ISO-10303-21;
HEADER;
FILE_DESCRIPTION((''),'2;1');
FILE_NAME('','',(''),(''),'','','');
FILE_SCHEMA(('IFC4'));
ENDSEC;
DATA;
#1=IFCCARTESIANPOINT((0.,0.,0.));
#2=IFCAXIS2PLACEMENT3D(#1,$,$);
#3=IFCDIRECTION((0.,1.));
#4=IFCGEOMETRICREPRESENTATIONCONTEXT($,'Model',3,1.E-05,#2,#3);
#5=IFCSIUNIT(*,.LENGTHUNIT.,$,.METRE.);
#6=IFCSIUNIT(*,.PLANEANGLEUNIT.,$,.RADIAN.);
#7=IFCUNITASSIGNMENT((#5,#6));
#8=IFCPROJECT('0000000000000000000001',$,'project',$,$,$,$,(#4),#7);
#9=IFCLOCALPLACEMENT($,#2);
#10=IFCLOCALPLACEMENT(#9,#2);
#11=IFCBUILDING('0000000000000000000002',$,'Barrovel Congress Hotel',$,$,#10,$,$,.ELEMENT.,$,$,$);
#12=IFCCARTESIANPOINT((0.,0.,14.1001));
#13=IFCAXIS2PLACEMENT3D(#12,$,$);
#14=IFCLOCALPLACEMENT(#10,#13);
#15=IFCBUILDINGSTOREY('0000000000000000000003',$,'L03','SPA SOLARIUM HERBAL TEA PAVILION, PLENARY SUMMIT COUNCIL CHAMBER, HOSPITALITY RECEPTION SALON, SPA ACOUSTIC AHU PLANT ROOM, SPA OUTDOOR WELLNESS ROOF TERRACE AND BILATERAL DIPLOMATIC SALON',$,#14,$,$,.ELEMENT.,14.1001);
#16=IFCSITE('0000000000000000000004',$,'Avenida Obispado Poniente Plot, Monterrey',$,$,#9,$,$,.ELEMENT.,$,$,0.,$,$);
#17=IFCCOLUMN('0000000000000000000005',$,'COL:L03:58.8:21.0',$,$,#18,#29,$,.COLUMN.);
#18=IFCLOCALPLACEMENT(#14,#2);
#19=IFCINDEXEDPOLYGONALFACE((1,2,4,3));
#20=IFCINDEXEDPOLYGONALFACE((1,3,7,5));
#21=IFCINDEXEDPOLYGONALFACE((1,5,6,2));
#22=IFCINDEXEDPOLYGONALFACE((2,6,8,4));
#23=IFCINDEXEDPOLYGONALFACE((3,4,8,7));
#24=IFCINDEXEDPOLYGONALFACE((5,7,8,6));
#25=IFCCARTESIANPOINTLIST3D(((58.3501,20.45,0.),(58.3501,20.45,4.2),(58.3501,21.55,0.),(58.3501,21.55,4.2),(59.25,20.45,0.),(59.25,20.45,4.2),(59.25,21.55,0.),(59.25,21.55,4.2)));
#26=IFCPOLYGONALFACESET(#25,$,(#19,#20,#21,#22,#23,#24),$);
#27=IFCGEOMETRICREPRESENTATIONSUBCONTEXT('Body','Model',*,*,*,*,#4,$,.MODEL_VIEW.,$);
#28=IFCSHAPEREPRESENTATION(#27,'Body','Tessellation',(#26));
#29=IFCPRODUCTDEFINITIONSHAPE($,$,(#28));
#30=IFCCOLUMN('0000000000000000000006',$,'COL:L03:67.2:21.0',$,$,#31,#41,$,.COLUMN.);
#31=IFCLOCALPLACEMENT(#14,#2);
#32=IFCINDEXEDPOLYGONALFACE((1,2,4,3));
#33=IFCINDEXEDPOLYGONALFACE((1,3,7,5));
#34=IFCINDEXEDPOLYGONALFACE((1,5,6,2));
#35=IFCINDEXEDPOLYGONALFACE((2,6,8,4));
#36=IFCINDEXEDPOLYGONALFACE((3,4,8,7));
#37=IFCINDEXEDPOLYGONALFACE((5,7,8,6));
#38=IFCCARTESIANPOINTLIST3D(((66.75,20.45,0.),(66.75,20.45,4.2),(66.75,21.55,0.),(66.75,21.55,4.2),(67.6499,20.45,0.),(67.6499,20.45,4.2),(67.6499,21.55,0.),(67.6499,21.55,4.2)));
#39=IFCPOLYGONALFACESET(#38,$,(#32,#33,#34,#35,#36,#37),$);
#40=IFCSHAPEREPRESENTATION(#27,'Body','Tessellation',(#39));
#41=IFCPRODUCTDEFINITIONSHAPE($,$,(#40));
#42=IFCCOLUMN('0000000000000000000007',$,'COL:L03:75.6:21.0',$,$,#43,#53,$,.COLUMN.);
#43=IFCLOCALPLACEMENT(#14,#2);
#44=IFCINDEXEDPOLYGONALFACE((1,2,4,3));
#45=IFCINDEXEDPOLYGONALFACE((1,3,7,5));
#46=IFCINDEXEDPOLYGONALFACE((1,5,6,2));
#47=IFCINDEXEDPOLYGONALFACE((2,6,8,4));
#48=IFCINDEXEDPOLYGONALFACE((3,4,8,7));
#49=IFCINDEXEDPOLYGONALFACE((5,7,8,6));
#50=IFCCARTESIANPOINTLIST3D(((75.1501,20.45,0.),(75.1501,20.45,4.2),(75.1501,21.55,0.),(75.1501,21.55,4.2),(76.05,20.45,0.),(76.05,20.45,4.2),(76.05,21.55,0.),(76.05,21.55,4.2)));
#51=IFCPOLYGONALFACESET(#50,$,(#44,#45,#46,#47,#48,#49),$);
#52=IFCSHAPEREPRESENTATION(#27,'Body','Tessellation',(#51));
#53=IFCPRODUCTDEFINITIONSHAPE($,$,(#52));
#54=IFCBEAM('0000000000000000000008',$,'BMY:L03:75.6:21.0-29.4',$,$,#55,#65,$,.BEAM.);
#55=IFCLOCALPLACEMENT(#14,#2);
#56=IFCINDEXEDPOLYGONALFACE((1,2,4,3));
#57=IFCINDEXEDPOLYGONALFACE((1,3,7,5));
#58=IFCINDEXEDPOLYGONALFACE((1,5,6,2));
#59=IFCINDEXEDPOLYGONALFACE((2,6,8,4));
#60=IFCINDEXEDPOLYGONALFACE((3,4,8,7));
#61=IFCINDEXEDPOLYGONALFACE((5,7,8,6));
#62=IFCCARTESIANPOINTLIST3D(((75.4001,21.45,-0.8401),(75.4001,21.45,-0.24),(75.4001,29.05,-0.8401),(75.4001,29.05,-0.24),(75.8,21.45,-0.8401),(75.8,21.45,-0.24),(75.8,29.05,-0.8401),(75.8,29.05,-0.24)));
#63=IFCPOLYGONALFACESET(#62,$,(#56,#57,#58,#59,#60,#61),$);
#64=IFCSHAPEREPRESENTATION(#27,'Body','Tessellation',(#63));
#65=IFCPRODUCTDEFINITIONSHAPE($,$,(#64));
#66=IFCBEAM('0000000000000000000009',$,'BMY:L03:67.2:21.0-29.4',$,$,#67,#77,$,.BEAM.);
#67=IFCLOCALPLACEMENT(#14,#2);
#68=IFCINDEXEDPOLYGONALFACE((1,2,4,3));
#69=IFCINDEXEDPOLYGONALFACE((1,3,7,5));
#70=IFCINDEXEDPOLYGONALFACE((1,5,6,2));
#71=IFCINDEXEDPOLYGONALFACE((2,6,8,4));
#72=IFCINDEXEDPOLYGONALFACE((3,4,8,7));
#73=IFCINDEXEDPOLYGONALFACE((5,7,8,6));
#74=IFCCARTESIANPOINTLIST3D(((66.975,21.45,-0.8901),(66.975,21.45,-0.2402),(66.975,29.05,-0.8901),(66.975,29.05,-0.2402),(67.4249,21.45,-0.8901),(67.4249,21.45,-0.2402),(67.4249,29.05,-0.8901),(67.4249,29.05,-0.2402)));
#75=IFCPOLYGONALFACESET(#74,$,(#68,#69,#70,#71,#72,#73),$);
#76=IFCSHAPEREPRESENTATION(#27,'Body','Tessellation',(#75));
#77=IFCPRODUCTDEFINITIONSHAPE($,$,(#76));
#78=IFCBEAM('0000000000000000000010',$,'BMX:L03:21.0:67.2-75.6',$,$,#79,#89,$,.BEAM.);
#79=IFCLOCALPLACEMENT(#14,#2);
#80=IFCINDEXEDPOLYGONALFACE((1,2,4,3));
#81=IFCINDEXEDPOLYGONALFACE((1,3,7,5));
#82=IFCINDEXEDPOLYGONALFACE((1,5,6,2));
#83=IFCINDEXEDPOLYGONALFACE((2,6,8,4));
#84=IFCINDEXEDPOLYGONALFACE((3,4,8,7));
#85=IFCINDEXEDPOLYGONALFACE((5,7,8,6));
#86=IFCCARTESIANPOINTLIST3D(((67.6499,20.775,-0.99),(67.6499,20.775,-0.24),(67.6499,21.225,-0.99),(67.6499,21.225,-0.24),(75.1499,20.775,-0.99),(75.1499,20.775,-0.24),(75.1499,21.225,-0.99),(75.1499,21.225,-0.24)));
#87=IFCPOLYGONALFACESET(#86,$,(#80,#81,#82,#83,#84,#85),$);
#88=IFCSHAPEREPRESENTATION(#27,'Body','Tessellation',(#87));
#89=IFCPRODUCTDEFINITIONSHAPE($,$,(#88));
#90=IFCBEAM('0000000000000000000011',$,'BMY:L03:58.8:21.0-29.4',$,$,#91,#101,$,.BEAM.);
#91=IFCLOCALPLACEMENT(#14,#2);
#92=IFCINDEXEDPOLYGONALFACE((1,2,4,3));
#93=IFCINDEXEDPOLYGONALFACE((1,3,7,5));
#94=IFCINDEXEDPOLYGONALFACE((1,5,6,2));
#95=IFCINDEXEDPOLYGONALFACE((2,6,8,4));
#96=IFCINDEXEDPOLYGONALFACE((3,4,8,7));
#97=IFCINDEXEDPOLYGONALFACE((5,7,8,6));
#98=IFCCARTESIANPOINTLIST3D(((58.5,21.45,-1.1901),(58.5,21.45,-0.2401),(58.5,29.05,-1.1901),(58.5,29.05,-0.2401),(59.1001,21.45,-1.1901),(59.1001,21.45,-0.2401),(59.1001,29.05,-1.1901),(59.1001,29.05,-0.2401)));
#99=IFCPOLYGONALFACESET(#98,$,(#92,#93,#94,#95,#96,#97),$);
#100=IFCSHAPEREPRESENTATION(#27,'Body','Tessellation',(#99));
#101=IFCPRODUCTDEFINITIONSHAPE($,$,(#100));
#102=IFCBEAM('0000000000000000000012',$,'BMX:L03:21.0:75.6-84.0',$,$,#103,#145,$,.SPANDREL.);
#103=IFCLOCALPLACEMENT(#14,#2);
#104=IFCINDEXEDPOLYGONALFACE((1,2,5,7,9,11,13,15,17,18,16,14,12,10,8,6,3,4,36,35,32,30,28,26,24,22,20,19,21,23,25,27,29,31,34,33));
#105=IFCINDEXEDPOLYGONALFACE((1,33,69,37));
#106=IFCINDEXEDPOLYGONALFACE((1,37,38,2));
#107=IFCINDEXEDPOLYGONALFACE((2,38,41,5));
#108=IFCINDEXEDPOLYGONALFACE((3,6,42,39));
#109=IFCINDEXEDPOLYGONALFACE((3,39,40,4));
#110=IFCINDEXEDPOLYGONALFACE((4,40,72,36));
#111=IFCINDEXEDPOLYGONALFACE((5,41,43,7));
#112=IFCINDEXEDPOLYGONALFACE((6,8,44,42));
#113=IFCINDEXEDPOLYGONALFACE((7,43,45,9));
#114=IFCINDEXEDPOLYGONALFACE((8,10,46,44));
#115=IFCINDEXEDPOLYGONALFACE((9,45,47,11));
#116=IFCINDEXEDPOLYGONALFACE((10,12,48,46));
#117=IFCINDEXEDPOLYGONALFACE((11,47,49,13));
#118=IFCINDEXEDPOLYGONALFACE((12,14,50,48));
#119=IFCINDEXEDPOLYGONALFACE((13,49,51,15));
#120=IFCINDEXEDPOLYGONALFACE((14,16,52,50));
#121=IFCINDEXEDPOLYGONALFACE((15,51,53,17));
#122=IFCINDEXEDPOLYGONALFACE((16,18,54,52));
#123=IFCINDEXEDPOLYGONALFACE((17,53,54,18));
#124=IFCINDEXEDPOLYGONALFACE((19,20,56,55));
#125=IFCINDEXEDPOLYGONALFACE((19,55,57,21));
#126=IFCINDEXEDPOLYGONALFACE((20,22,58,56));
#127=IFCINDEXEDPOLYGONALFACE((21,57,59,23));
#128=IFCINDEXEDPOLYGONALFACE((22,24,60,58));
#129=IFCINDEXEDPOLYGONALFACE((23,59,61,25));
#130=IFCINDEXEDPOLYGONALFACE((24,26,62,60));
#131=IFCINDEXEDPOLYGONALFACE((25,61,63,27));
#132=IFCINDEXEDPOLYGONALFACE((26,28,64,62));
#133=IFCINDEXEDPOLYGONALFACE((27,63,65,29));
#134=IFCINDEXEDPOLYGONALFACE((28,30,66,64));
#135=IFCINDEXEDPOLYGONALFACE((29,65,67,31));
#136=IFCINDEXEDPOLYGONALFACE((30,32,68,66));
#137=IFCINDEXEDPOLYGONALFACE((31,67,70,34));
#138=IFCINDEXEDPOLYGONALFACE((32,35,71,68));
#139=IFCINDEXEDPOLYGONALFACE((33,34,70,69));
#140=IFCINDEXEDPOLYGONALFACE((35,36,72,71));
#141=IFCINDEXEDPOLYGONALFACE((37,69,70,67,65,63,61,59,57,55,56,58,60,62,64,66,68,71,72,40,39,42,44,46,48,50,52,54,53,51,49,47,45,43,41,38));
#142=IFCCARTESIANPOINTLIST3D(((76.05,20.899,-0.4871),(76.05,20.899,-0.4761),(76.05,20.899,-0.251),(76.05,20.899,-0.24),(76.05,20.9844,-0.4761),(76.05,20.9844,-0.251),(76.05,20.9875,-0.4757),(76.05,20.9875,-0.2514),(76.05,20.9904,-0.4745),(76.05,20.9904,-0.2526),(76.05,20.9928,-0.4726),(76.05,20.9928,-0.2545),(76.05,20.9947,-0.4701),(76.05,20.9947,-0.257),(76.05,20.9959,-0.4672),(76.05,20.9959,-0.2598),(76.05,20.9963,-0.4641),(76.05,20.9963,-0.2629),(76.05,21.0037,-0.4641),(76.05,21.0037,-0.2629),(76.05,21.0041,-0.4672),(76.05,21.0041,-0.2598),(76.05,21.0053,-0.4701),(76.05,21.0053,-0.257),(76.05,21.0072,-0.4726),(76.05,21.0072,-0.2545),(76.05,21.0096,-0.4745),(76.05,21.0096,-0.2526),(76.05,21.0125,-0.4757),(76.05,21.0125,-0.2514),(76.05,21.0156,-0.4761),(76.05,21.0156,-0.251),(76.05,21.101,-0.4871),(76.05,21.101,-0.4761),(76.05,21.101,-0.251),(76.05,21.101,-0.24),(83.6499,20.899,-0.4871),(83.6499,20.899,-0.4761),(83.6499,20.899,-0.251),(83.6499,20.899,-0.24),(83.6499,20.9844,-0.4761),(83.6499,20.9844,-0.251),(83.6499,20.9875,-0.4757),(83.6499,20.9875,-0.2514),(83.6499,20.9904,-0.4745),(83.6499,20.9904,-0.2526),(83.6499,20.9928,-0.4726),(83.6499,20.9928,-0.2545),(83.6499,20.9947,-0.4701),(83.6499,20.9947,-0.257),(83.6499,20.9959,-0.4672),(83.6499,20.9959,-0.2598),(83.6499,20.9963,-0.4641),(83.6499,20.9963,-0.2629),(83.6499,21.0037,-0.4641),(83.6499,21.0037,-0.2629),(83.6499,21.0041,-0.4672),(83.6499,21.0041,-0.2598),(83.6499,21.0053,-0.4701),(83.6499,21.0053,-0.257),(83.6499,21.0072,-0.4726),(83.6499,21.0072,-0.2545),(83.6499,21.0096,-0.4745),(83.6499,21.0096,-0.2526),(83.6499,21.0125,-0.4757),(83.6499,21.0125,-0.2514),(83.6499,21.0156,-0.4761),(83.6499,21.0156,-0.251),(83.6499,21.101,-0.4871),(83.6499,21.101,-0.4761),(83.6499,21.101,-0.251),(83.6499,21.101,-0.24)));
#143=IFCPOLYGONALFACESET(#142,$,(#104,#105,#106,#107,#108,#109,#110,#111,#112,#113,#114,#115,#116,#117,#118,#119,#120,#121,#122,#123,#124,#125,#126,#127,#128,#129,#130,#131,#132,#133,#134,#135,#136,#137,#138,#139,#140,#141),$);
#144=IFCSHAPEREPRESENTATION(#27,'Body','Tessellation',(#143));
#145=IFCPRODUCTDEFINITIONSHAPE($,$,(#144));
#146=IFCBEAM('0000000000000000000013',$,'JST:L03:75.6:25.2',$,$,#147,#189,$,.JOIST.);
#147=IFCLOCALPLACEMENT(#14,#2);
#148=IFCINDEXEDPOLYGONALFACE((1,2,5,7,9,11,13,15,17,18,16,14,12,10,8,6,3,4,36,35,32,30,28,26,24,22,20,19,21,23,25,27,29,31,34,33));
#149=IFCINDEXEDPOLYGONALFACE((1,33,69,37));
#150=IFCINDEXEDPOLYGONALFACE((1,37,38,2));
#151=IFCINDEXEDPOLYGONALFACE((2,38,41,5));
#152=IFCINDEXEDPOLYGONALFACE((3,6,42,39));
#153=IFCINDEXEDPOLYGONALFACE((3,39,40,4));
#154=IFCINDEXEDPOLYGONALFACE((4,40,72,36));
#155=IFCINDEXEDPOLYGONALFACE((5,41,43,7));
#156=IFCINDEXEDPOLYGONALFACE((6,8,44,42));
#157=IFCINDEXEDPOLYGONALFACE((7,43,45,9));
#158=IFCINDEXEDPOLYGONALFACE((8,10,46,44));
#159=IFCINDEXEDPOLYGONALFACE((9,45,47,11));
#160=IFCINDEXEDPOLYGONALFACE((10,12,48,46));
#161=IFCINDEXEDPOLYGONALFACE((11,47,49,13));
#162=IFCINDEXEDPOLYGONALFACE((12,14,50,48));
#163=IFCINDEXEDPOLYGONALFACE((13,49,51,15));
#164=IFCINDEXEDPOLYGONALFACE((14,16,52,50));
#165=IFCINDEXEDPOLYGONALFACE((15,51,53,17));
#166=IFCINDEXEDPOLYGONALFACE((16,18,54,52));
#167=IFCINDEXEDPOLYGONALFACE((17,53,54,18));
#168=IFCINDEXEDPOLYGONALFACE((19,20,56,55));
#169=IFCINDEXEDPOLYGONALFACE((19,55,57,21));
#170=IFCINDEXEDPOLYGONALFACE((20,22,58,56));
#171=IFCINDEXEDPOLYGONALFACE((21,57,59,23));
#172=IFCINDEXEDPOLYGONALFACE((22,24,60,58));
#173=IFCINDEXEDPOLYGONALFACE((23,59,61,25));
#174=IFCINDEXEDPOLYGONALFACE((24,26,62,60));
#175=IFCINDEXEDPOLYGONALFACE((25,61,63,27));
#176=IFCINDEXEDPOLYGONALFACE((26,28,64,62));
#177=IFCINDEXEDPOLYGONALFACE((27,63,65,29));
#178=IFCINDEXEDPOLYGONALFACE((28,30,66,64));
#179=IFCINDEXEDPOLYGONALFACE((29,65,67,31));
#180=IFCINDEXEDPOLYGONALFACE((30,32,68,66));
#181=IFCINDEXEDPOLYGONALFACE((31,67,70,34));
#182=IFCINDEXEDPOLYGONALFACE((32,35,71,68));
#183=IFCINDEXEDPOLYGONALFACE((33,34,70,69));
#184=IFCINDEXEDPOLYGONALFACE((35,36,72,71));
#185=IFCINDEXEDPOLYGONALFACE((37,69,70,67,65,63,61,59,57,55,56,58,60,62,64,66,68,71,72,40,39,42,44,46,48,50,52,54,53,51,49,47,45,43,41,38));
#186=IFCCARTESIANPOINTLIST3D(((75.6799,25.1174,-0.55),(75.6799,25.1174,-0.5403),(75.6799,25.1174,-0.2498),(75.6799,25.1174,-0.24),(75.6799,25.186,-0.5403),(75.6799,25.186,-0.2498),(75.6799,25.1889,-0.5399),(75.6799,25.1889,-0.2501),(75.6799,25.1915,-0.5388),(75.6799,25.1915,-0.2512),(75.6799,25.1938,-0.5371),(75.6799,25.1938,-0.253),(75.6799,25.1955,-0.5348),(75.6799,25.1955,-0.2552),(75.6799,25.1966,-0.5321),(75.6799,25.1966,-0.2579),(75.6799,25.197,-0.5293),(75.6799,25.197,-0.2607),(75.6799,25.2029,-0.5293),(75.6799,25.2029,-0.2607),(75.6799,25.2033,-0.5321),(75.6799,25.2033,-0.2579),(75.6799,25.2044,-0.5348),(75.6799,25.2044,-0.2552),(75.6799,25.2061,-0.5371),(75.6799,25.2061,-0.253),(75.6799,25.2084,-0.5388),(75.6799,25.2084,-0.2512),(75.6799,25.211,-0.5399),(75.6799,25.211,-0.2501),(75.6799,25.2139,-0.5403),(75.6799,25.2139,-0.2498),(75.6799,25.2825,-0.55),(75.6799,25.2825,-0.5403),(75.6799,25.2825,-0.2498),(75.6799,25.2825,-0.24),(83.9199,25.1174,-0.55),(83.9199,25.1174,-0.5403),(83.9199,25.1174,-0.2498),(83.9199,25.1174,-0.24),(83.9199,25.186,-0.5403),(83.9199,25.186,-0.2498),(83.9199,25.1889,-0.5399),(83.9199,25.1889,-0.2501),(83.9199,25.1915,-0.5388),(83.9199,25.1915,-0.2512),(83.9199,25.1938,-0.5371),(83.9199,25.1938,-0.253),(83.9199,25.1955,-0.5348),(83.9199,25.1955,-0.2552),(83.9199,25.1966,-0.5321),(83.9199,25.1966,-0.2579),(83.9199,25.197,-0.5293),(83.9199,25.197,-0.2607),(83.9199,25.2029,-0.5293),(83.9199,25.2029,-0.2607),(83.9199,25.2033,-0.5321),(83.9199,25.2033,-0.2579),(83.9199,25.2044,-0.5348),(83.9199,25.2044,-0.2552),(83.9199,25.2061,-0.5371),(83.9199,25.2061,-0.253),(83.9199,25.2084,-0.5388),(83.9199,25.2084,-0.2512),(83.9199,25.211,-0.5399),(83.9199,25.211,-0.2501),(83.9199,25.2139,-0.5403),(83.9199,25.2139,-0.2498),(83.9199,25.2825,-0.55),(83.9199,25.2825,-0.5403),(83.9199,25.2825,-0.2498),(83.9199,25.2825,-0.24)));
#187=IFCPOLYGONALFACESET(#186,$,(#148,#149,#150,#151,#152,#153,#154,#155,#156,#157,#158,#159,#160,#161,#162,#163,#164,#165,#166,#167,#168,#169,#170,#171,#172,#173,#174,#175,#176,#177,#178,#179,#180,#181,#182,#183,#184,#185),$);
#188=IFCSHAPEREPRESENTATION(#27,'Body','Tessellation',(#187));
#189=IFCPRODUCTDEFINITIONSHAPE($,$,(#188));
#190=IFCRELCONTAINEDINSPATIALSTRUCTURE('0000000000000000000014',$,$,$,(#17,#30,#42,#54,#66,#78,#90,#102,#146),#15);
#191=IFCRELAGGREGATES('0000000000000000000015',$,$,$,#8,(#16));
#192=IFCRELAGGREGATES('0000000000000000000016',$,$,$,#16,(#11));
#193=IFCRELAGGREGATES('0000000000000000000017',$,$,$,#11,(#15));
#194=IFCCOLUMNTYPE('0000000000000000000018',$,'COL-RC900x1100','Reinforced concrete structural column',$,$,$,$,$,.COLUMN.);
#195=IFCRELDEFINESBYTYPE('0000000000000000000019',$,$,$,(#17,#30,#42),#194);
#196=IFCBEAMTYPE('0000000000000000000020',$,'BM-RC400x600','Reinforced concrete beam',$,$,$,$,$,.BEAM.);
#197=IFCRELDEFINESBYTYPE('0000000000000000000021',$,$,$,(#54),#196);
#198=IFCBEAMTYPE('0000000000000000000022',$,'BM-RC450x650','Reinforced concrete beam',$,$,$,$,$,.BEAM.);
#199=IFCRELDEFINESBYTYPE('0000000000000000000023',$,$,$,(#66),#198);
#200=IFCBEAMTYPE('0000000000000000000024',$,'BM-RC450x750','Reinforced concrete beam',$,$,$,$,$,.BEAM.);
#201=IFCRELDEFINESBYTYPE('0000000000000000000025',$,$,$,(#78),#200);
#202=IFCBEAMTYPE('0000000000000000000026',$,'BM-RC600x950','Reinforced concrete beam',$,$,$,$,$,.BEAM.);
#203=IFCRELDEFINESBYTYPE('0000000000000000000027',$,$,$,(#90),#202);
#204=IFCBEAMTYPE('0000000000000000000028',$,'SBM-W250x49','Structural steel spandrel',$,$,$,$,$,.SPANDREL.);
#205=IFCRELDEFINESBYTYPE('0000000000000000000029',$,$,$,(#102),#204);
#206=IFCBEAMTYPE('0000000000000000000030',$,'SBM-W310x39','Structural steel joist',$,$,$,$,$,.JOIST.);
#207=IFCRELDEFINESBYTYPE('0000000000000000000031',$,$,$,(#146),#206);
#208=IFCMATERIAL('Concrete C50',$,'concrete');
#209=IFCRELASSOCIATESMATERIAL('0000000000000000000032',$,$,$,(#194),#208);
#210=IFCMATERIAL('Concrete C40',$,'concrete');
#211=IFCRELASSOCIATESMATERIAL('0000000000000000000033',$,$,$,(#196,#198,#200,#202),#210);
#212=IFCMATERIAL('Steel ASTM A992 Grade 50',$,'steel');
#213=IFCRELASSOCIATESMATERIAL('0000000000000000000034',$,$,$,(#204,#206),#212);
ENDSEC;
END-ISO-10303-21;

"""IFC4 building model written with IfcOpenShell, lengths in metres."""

from ifc_helpers import new_model, si_unit, direction, frame, origin, origin_2d, place, context, subcontext, project, spatial, rectangle, i_section, extrude, material, material_profile, profile_set, type_object, element, save


model = new_model("IFC4")

# Units and contexts
model_context = context("Model", 3, precision=1e-05, world=origin(), true_north=direction((0.0, 1.0)))
body_context = subcontext(model_context, "Body", "Model", "MODEL_VIEW")
ifc_project = project(units=[si_unit("LENGTHUNIT", "METRE"), si_unit("PLANEANGLEUNIT", "RADIAN")], contexts=[model_context])

# Site, building, storey
site_placement = place(None, origin())
site = spatial("IfcSite", under=ifc_project, at=site_placement, Name="Avenida Obispado Poniente Plot, Monterrey", CompositionType="ELEMENT", RefElevation=0.0)
building_placement = place(site_placement, origin())
building = spatial("IfcBuilding", under=site, at=building_placement, Name="Barrovel Congress Hotel", CompositionType="ELEMENT")
storey_placement = place(building_placement, frame((0.0, 0.0, 14.1001)))
storey = spatial("IfcBuildingStorey", under=building, at=storey_placement, Name="L03", Description="SPA SOLARIUM HERBAL TEA PAVILION, PLENARY SUMMIT COUNCIL CHAMBER, HOSPITALITY RECEPTION SALON, SPA ACOUSTIC AHU PLANT ROOM, SPA OUTDOOR WELLNESS ROOF TERRACE AND BILATERAL DIPLOMATIC SALON", CompositionType="ELEMENT", Elevation=14.1001)

# Columns
ifc_material_1 = material(Name="Concrete C50", Category="concrete")
ifc_material_profile_1 = material_profile(ifc_material_1, rectangle(XDim=0.8999, YDim=1.1001, at=origin_2d()), Name="RC900x1100")
ifc_profile_set_1 = profile_set([ifc_material_profile_1], Name="Concrete C50")
column_type = type_object("IfcColumnType", Name="COL-RC900x1100", Description="Reinforced concrete structural column", PredefinedType="COLUMN", material=ifc_profile_set_1)
for number, where, z_axis, x_axis, name in (
    (1, (58.8, 21.0, 0.0), (0.0, 0.0, 1.0), (1.0, 0.0, 0.0), "COL:L03:58.8:21.0"),
    (2, (67.2, 21.0, 0.0), (0.0, 0.0, 1.0), (1.0, 0.0, 0.0), "COL:L03:67.2:21.0"),
    (3, (75.6001, 21.0, 0.0), (0.0, 0.0, 1.0), (1.0, 0.0, 0.0), "COL:L03:75.6:21.0"),
):
    element("IfcColumn", number, at=place(storey_placement, frame(where, z_axis=z_axis, x_axis=x_axis)), inside=storey, type_object=column_type, Name=name, PredefinedType="COLUMN", context=body_context, shape_type="SweptSolid", body=[
        extrude(rectangle(XDim=0.8999, YDim=1.1001, at=origin_2d()), origin(), (0.0, 0.0, 1.0), 4.2),
    ])

# Beams
ifc_material_2 = material(Name="Concrete C40", Category="concrete")
ifc_material_profile_2 = material_profile(ifc_material_2, rectangle(XDim=0.3999, YDim=0.6001, at=origin_2d()), Name="RC400x600")
ifc_profile_set_2 = profile_set([ifc_material_profile_2], Name="Concrete C40")
beam_type_1 = type_object("IfcBeamType", Name="BM-RC400x600", Description="Reinforced concrete beam", PredefinedType="BEAM", material=ifc_profile_set_2)
beam_1_placement = place(storey_placement, frame((75.6001, 21.45, -0.54), z_axis=(0.0, 1.0, 0.0), x_axis=(-1.0, 0.0, 0.0)))
element("IfcBeam", 4, at=beam_1_placement, inside=storey, type_object=beam_type_1, Name="BMY:L03:75.6:21.0-29.4", PredefinedType="BEAM", context=body_context, shape_type="SweptSolid", body=[
    extrude(rectangle(XDim=0.3999, YDim=0.6001, at=origin_2d()), origin(), (0.0, 0.0, 1.0), 7.6001),
])
ifc_material_profile_3 = material_profile(ifc_material_2, rectangle(XDim=0.45, YDim=0.6499, at=origin_2d()), Name="RC450x650")
ifc_profile_set_3 = profile_set([ifc_material_profile_3], Name="Concrete C40")
beam_type_2 = type_object("IfcBeamType", Name="BM-RC450x650", Description="Reinforced concrete beam", PredefinedType="BEAM", material=ifc_profile_set_3)
beam_2_placement = place(storey_placement, frame((67.2, 21.45, -0.5652), z_axis=(0.0, 1.0, 0.0), x_axis=(-1.0, 0.0, 0.0)))
element("IfcBeam", 5, at=beam_2_placement, inside=storey, type_object=beam_type_2, Name="BMY:L03:67.2:21.0-29.4", PredefinedType="BEAM", context=body_context, shape_type="SweptSolid", body=[
    extrude(rectangle(XDim=0.45, YDim=0.6499, at=origin_2d()), origin(), (0.0, 0.0, 1.0), 7.6001),
])
ifc_material_profile_4 = material_profile(ifc_material_2, rectangle(XDim=0.45, YDim=0.75, at=origin_2d()), Name="RC450x750")
ifc_profile_set_4 = profile_set([ifc_material_profile_4], Name="Concrete C40")
beam_type_3 = type_object("IfcBeamType", Name="BM-RC450x750", Description="Reinforced concrete beam", PredefinedType="BEAM", material=ifc_profile_set_4)
beam_3_placement = place(storey_placement, frame((67.6499, 21.0, -0.615), z_axis=(1.0, 0.0, 0.0), x_axis=(0.0, 1.0, 0.0)))
element("IfcBeam", 6, at=beam_3_placement, inside=storey, type_object=beam_type_3, Name="BMX:L03:21.0:67.2-75.6", PredefinedType="BEAM", context=body_context, shape_type="SweptSolid", body=[
    extrude(rectangle(XDim=0.45, YDim=0.75, at=origin_2d()), origin(), (0.0, 0.0, 1.0), 7.5),
])
ifc_material_profile_5 = material_profile(ifc_material_2, rectangle(XDim=0.6001, YDim=0.95, at=origin_2d()), Name="RC600x950")
ifc_profile_set_5 = profile_set([ifc_material_profile_5], Name="Concrete C40")
beam_type_4 = type_object("IfcBeamType", Name="BM-RC600x950", Description="Reinforced concrete beam", PredefinedType="BEAM", material=ifc_profile_set_5)
beam_4_placement = place(storey_placement, frame((58.8, 21.45, -0.7151), z_axis=(0.0, 1.0, 0.0), x_axis=(-1.0, 0.0, 0.0)))
element("IfcBeam", 7, at=beam_4_placement, inside=storey, type_object=beam_type_4, Name="BMY:L03:58.8:21.0-29.4", PredefinedType="BEAM", context=body_context, shape_type="SweptSolid", body=[
    extrude(rectangle(XDim=0.6001, YDim=0.95, at=origin_2d()), origin(), (0.0, 0.0, 1.0), 7.6001),
])
ifc_material_3 = material(Name="Steel ASTM A992 Grade 50", Category="steel")
ifc_material_profile_6 = material_profile(ifc_material_3, i_section(OverallWidth=0.2019, OverallDepth=0.2471, WebThickness=0.0073, FlangeThickness=0.011, FilletRadius=0.012, at=origin_2d()), Name="W250x49")
ifc_profile_set_6 = profile_set([ifc_material_profile_6], Name="Steel ASTM A992 Grade 50")
beam_type_5 = type_object("IfcBeamType", Name="SBM-W250x49", Description="Structural steel spandrel", PredefinedType="SPANDREL", material=ifc_profile_set_6)
beam_5_placement = place(storey_placement, frame((76.05, 21.0, -0.3635), z_axis=(1.0, 0.0, 0.0), x_axis=(0.0, 1.0, 0.0)))
element("IfcBeam", 8, at=beam_5_placement, inside=storey, type_object=beam_type_5, Name="BMX:L03:21.0:75.6-84.0", PredefinedType="SPANDREL", context=body_context, shape_type="SweptSolid", body=[
    extrude(i_section(OverallWidth=0.2019, OverallDepth=0.2471, WebThickness=0.0073, FlangeThickness=0.011, FilletRadius=0.012, at=origin_2d()), origin(), (0.0, 0.0, 1.0), 7.5999),
])
ifc_material_profile_7 = material_profile(ifc_material_3, i_section(OverallWidth=0.165, OverallDepth=0.3101, WebThickness=0.0059, FlangeThickness=0.0098, FilletRadius=0.011, at=origin_2d()), Name="W310x39")
ifc_profile_set_7 = profile_set([ifc_material_profile_7], Name="Steel ASTM A992 Grade 50")
beam_type_6 = type_object("IfcBeamType", Name="SBM-W310x39", Description="Structural steel joist", PredefinedType="JOIST", material=ifc_profile_set_7)
beam_6_placement = place(storey_placement, frame((75.6799, 25.2, -0.395), z_axis=(1.0, 0.0, 0.0), x_axis=(0.0, 1.0, 0.0)))
element("IfcBeam", 9, at=beam_6_placement, inside=storey, type_object=beam_type_6, Name="JST:L03:75.6:25.2", PredefinedType="JOIST", context=body_context, shape_type="SweptSolid", body=[
    extrude(i_section(OverallWidth=0.165, OverallDepth=0.3101, WebThickness=0.0059, FlangeThickness=0.0098, FilletRadius=0.011, at=origin_2d()), origin(), (0.0, 0.0, 1.0), 8.24),
])

save(model, "model.ifc")
